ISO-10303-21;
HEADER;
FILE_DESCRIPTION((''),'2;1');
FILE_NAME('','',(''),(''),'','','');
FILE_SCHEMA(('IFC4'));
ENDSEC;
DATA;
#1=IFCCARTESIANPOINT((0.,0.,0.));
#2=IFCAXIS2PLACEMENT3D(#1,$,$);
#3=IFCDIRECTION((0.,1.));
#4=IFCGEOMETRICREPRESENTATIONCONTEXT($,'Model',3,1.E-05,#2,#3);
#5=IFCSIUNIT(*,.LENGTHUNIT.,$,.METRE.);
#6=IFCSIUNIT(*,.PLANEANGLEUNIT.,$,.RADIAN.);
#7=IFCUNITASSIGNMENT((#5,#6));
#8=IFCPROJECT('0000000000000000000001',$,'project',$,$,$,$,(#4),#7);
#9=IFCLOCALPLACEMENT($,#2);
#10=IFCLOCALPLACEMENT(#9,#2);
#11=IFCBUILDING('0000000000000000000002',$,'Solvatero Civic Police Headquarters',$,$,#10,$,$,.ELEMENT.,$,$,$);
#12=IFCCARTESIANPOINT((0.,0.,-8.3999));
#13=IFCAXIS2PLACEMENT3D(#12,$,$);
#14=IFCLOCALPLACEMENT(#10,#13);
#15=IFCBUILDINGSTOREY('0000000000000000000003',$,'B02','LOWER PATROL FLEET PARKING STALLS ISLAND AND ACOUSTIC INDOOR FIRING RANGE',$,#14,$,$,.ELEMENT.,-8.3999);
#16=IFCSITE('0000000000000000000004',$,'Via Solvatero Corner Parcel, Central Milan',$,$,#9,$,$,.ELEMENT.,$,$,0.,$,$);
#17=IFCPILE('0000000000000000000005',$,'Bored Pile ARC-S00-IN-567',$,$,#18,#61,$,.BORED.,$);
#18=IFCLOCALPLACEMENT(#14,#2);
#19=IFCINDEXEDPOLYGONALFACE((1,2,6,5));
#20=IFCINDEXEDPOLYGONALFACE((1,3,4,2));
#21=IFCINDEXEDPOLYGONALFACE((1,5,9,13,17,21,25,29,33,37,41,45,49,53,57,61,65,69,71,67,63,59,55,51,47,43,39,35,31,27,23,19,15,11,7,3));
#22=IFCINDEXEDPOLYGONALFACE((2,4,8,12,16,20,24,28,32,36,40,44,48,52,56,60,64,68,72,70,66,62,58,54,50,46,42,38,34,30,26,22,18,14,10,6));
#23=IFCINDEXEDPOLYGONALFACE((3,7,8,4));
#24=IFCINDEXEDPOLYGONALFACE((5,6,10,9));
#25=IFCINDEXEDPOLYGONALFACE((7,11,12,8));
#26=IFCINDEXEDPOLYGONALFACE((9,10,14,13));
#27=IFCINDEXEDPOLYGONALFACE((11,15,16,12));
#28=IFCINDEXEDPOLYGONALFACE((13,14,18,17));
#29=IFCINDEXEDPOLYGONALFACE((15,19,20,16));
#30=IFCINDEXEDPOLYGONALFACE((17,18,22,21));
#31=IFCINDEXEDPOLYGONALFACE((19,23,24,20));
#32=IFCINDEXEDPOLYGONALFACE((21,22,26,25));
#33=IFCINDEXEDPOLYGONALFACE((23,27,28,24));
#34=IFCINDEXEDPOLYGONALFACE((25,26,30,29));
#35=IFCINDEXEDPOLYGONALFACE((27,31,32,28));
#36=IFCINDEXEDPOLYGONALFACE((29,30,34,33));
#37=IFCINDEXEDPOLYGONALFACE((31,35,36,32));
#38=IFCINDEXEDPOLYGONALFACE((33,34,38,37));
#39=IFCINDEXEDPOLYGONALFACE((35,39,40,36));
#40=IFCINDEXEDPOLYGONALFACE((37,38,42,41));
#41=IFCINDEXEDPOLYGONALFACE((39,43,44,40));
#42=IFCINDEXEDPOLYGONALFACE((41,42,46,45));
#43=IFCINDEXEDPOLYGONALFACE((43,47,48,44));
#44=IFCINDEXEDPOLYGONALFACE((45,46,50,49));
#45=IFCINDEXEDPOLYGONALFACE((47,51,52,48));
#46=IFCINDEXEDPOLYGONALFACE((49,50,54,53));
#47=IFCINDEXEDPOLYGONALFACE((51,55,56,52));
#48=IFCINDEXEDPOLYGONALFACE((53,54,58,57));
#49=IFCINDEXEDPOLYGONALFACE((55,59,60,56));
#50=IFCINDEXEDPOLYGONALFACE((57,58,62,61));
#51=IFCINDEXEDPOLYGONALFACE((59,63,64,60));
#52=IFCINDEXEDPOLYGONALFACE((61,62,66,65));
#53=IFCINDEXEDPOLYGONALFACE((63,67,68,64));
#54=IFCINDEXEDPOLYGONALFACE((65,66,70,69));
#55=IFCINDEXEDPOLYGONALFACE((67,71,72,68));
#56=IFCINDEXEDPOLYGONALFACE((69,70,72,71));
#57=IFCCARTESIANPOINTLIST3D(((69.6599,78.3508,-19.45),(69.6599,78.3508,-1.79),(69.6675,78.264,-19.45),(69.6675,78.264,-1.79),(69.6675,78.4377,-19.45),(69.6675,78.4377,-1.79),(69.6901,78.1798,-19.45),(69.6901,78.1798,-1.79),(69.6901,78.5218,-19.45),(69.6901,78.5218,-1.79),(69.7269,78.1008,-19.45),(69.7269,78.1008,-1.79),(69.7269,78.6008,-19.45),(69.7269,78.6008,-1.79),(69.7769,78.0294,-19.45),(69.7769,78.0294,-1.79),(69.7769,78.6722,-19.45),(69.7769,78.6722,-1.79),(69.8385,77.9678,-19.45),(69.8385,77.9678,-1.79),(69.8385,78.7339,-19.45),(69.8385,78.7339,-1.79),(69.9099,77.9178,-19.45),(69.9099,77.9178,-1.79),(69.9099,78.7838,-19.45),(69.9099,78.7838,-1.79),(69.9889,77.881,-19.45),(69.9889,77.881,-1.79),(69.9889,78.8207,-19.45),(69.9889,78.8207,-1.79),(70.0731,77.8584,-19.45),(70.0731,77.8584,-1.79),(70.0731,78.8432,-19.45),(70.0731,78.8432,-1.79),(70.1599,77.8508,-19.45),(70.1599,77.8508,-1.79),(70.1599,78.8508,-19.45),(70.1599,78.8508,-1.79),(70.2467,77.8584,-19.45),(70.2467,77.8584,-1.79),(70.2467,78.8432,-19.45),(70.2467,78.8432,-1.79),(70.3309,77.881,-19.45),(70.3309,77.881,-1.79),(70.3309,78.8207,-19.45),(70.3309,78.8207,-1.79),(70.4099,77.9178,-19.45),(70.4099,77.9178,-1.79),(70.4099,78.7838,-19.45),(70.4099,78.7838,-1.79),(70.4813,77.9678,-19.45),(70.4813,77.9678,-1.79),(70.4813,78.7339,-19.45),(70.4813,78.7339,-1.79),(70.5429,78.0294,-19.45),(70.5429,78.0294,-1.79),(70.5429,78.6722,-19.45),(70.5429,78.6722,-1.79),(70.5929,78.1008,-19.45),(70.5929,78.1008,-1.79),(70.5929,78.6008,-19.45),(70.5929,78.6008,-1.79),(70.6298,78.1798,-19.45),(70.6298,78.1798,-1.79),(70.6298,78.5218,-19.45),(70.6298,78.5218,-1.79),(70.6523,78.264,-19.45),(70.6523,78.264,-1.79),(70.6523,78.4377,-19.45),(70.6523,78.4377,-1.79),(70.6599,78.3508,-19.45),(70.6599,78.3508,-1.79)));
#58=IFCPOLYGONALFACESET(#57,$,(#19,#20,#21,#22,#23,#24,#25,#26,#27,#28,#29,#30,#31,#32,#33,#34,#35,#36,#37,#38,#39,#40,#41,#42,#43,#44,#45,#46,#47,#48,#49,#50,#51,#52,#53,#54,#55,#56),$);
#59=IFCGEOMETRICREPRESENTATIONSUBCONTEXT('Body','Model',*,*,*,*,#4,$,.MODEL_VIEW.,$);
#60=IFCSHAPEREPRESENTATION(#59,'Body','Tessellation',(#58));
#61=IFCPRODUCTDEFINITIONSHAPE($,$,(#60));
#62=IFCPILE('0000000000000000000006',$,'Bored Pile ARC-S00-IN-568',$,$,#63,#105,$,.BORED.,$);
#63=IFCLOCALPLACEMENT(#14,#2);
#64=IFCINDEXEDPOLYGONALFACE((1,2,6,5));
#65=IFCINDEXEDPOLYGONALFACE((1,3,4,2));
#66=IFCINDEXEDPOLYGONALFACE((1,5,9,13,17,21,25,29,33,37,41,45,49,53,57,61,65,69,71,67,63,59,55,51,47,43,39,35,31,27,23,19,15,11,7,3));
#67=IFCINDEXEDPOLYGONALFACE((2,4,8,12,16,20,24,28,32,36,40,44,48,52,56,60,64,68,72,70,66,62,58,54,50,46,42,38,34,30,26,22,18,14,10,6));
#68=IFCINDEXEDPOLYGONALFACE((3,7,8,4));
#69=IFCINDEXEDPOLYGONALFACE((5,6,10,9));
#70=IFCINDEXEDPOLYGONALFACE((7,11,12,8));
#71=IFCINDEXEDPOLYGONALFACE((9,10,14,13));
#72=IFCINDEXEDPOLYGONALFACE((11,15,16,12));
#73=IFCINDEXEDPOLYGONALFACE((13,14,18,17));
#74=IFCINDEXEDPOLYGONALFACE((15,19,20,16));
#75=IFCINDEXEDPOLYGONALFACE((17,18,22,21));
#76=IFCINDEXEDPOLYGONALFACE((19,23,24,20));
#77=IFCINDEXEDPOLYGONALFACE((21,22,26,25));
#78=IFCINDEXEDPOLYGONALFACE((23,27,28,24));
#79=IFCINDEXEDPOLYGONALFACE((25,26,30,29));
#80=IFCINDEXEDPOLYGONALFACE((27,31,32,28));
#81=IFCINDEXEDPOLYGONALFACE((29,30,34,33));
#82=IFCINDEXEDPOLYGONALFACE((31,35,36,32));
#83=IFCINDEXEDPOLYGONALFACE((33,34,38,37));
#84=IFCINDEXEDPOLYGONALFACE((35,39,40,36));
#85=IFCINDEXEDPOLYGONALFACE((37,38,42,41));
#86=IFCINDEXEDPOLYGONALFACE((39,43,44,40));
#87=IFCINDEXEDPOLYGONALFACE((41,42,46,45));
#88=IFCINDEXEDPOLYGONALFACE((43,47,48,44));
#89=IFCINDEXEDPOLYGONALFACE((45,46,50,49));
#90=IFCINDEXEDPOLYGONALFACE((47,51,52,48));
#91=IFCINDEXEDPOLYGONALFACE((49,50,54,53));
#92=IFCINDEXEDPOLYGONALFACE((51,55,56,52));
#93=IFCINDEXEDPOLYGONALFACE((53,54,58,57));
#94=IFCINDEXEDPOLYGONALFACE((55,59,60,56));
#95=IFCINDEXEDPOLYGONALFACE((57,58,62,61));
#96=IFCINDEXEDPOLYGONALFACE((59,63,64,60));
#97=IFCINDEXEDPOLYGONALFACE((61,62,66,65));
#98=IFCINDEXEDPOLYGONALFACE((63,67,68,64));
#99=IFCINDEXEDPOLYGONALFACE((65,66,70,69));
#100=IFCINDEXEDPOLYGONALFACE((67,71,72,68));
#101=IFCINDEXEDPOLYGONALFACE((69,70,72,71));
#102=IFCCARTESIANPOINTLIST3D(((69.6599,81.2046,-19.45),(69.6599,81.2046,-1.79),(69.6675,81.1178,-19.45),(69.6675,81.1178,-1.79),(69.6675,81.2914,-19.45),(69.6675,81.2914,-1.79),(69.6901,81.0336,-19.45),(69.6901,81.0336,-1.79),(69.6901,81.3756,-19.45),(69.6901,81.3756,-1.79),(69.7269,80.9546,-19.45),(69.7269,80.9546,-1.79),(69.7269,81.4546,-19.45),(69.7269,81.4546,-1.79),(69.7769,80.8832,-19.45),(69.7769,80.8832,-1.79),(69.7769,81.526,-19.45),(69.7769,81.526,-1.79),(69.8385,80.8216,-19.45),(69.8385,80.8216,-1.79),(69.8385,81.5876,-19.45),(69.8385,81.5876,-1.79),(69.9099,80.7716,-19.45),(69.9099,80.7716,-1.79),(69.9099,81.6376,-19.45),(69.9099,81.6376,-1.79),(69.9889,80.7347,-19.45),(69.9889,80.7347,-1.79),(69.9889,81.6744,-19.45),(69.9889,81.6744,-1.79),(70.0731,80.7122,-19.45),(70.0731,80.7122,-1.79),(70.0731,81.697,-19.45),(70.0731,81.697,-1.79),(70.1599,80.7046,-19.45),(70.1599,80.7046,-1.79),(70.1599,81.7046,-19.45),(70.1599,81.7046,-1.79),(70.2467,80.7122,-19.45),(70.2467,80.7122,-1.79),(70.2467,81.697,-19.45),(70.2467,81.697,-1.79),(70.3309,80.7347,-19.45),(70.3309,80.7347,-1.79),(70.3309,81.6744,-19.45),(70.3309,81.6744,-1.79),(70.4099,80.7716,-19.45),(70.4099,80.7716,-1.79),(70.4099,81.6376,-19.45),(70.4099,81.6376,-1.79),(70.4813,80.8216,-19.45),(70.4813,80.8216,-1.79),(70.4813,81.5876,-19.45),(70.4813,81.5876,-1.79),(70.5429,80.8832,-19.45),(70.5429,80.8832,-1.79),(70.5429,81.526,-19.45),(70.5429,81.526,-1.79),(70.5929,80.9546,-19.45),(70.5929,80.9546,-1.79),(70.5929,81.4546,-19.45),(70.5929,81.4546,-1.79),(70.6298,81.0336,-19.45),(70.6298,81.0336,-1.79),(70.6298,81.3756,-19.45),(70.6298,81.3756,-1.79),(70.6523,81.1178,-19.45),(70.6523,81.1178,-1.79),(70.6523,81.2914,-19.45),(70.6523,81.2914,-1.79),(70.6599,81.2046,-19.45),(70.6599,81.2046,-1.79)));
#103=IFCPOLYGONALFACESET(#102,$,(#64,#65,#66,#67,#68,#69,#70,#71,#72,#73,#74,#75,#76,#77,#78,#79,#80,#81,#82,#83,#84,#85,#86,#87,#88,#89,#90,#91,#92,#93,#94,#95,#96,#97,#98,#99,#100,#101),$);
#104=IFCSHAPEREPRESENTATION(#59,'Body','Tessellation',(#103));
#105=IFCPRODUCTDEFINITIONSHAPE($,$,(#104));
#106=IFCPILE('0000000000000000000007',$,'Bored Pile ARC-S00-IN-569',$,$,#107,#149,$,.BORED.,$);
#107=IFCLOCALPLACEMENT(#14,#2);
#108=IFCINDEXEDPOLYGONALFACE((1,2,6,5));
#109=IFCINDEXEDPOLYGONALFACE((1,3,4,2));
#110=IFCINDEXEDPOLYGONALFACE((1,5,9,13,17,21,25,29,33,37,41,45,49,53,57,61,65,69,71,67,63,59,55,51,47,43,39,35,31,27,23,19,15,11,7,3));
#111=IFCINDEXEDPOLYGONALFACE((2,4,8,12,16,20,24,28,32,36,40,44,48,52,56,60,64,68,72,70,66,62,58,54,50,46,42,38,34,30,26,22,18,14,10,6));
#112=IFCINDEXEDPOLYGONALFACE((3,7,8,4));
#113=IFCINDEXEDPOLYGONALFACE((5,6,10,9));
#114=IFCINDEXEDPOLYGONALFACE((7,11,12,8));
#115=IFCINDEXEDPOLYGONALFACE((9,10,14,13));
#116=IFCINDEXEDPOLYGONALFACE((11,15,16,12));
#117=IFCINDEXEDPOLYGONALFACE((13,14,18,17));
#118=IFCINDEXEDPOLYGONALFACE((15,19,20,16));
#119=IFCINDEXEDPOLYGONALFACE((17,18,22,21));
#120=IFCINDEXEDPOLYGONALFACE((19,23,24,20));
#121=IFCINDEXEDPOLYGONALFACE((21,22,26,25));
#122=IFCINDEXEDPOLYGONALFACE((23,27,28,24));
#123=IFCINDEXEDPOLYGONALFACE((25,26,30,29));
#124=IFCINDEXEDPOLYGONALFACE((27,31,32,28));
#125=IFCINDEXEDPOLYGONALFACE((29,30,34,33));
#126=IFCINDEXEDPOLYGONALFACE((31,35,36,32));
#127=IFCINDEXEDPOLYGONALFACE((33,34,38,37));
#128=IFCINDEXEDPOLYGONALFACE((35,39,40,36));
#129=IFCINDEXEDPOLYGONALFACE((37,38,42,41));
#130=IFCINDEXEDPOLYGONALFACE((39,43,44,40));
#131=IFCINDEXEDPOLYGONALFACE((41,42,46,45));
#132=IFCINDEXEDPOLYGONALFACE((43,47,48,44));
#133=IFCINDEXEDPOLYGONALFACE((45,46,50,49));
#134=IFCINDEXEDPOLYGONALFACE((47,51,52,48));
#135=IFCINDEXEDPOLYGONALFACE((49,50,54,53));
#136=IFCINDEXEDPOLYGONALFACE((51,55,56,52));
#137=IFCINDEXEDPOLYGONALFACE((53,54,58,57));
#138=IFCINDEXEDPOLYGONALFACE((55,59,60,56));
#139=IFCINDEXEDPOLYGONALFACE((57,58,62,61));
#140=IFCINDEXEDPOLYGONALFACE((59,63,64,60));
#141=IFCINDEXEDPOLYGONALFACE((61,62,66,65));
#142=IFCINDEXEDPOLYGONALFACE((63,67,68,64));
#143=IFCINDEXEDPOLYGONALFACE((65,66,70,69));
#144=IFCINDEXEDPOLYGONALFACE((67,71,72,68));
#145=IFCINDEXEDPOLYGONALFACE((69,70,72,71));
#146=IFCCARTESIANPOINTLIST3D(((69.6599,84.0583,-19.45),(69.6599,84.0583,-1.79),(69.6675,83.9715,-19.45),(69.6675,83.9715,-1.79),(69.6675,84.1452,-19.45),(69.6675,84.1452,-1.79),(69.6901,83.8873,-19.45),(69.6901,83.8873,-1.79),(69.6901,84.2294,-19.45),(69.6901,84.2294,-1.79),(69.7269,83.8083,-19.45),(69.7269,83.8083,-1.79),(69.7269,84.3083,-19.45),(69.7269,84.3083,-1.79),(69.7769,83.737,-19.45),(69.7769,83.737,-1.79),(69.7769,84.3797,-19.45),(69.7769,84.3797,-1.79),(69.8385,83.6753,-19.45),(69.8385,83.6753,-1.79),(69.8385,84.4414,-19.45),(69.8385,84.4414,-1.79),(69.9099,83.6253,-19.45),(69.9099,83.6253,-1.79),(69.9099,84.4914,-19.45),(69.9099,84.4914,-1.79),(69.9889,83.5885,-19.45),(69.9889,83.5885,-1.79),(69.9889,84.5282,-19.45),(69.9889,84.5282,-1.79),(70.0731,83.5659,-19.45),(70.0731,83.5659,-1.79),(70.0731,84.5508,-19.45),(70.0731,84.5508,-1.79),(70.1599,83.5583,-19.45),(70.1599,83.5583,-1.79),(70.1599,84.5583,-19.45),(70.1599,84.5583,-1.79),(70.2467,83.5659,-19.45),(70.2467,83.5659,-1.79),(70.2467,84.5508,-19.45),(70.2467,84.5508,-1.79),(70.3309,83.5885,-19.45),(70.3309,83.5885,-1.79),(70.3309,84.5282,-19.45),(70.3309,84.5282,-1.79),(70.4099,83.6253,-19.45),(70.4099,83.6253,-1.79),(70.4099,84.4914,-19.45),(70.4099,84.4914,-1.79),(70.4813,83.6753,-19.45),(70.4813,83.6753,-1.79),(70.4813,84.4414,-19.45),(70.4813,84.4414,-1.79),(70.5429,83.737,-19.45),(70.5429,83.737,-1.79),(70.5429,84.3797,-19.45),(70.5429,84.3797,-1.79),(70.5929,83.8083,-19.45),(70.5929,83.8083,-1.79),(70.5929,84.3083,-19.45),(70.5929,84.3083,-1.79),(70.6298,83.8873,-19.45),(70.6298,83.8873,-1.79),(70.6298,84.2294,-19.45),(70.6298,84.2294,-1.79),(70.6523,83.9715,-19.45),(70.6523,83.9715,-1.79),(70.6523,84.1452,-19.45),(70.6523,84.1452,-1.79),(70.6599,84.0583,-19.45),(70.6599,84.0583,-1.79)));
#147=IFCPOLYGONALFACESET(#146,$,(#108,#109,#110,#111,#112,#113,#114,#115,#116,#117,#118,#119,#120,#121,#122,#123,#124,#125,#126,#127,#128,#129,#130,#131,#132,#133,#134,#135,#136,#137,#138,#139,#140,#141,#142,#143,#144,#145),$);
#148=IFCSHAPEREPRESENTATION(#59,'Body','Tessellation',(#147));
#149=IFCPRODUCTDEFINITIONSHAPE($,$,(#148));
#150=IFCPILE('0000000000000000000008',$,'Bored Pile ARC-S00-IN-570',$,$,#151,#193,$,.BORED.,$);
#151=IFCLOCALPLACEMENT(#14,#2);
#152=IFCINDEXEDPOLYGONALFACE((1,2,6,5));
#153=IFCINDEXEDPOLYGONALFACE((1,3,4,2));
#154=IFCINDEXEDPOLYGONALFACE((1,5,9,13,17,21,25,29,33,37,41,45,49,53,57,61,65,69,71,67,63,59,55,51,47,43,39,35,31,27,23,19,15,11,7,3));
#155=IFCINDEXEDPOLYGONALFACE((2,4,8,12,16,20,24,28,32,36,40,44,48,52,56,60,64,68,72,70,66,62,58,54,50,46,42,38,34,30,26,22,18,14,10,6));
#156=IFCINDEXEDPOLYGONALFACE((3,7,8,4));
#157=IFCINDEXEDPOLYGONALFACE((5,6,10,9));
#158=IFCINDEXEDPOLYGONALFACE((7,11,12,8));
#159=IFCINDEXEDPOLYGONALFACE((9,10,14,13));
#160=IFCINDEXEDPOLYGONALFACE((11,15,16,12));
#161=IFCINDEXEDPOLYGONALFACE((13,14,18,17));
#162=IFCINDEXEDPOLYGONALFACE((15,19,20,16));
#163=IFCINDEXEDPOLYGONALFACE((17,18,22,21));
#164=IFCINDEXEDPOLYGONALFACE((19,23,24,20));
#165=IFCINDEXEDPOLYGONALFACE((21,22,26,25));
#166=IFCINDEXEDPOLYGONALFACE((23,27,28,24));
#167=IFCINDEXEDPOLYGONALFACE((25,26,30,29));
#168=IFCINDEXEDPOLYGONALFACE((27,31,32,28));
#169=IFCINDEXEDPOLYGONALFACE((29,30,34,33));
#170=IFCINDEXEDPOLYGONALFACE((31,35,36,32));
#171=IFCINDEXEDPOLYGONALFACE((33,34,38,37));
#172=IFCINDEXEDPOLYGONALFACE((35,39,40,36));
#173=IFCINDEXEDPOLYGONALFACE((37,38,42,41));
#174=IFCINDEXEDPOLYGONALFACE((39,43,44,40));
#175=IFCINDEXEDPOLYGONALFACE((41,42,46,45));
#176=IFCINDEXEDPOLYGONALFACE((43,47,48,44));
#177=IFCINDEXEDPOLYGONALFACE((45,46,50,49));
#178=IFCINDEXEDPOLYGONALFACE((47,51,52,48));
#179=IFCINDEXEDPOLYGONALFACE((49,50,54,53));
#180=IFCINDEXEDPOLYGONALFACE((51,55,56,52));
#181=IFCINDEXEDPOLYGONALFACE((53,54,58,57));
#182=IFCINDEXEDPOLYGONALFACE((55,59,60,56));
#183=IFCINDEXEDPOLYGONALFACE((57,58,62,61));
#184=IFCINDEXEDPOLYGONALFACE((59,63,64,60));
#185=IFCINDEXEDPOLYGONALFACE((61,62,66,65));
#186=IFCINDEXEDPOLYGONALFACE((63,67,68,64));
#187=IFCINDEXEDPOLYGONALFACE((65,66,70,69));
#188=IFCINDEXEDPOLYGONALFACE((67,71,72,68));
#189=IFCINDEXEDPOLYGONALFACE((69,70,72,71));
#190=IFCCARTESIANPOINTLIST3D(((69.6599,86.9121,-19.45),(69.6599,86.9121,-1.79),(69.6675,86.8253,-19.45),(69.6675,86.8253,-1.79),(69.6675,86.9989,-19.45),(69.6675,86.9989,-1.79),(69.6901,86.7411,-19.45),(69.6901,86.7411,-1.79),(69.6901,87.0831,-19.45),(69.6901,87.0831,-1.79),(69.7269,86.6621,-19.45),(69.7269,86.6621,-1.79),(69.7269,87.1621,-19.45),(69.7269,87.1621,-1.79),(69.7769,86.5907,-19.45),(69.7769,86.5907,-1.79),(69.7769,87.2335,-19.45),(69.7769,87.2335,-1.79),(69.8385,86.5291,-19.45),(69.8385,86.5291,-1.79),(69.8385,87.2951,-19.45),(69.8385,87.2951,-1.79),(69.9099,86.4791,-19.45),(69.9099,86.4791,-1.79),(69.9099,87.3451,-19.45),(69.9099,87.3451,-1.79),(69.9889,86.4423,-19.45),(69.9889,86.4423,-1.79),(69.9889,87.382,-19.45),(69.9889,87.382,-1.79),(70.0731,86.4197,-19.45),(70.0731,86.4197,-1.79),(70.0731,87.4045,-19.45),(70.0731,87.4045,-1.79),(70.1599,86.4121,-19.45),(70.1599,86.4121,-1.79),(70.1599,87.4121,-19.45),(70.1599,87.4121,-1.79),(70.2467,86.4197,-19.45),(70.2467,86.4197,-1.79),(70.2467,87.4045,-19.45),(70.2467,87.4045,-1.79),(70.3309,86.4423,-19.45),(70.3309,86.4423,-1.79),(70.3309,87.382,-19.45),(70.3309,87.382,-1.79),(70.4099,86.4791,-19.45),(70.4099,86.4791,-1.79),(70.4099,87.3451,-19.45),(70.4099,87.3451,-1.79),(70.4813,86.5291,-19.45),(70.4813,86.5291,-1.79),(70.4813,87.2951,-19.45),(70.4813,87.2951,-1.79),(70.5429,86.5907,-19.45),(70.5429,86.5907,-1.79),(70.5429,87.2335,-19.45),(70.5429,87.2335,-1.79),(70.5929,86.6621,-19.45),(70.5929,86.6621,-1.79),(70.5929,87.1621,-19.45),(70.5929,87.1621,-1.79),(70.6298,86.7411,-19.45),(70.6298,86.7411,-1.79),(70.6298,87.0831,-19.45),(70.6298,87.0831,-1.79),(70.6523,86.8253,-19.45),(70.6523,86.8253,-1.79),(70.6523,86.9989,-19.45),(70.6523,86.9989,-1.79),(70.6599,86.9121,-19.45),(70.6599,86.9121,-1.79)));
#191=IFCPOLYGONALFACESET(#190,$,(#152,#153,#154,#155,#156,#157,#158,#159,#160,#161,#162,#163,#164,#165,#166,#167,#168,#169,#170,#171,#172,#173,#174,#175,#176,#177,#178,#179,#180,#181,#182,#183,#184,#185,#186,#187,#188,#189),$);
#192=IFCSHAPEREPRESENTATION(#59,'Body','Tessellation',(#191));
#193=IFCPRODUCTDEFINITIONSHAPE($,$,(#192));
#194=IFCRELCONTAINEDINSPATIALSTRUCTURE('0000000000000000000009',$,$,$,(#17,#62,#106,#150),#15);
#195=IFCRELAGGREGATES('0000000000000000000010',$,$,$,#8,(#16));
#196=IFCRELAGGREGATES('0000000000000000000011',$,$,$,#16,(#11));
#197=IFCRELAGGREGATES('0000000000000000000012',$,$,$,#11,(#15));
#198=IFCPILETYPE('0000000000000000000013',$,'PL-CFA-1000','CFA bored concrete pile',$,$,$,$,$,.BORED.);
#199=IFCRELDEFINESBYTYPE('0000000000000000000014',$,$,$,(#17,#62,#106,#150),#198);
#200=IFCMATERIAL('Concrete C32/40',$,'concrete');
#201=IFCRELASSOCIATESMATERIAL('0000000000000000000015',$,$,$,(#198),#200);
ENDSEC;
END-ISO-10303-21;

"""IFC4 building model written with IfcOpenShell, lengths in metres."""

from ifc_helpers import new_model, si_unit, direction, frame, origin, origin_2d, place, context, subcontext, project, spatial, circle, extrude, material, material_profile, profile_set, type_object, element, save


model = new_model("IFC4")

# Units and contexts
model_context = context("Model", 3, precision=1e-05, world=origin(), true_north=direction((0.0, 1.0)))
body_context = subcontext(model_context, "Body", "Model", "MODEL_VIEW")
ifc_project = project(units=[si_unit("LENGTHUNIT", "METRE"), si_unit("PLANEANGLEUNIT", "RADIAN")], contexts=[model_context])

# Site, building, storey
site_placement = place(None, origin())
site = spatial("IfcSite", under=ifc_project, at=site_placement, Name="Via Solvatero Corner Parcel, Central Milan", CompositionType="ELEMENT", RefElevation=0.0)
building_placement = place(site_placement, origin())
building = spatial("IfcBuilding", under=site, at=building_placement, Name="Solvatero Civic Police Headquarters", CompositionType="ELEMENT")
storey_placement = place(building_placement, frame((0.0, 0.0, -8.3999)))
storey = spatial("IfcBuildingStorey", under=building, at=storey_placement, Name="B02", Description="LOWER PATROL FLEET PARKING STALLS ISLAND AND ACOUSTIC INDOOR FIRING RANGE", CompositionType="ELEMENT", Elevation=-8.3999)

# Piles
ifc_material_1 = material(Name="Concrete C32/40", Category="concrete")
ifc_material_profile_1 = material_profile(ifc_material_1, circle(Radius=0.5, at=origin_2d()), Name="CFA PILE D1000")
ifc_profile_set_1 = profile_set([ifc_material_profile_1], Name="Concrete C32/40")
pile_type = type_object("IfcPileType", Name="PL-CFA-1000", Description="CFA bored concrete pile", PredefinedType="BORED", material=ifc_profile_set_1)
for number, where, z_axis, x_axis, name in (
    (1, (70.1599, 78.3508, -1.79), (0.0, 0.0, -1.0), (1.0, 0.0, 0.0), "Bored Pile ARC-S00-IN-567"),
    (2, (70.1599, 81.2046, -1.79), (0.0, 0.0, -1.0), (1.0, 0.0, 0.0), "Bored Pile ARC-S00-IN-568"),
    (3, (70.1599, 84.0583, -1.79), (0.0, 0.0, -1.0), (1.0, 0.0, 0.0), "Bored Pile ARC-S00-IN-569"),
    (4, (70.1599, 86.9121, -1.79), (0.0, 0.0, -1.0), (1.0, 0.0, 0.0), "Bored Pile ARC-S00-IN-570"),
):
    element("IfcPile", number, at=place(storey_placement, frame(where, z_axis=z_axis, x_axis=x_axis)), inside=storey, type_object=pile_type, Name=name, PredefinedType="BORED", context=body_context, shape_type="SweptSolid", body=[
        extrude(circle(Radius=0.5, at=origin_2d()), origin(), (0.0, 0.0, 1.0), 17.6599),
    ])

save(model, "model.ifc")
